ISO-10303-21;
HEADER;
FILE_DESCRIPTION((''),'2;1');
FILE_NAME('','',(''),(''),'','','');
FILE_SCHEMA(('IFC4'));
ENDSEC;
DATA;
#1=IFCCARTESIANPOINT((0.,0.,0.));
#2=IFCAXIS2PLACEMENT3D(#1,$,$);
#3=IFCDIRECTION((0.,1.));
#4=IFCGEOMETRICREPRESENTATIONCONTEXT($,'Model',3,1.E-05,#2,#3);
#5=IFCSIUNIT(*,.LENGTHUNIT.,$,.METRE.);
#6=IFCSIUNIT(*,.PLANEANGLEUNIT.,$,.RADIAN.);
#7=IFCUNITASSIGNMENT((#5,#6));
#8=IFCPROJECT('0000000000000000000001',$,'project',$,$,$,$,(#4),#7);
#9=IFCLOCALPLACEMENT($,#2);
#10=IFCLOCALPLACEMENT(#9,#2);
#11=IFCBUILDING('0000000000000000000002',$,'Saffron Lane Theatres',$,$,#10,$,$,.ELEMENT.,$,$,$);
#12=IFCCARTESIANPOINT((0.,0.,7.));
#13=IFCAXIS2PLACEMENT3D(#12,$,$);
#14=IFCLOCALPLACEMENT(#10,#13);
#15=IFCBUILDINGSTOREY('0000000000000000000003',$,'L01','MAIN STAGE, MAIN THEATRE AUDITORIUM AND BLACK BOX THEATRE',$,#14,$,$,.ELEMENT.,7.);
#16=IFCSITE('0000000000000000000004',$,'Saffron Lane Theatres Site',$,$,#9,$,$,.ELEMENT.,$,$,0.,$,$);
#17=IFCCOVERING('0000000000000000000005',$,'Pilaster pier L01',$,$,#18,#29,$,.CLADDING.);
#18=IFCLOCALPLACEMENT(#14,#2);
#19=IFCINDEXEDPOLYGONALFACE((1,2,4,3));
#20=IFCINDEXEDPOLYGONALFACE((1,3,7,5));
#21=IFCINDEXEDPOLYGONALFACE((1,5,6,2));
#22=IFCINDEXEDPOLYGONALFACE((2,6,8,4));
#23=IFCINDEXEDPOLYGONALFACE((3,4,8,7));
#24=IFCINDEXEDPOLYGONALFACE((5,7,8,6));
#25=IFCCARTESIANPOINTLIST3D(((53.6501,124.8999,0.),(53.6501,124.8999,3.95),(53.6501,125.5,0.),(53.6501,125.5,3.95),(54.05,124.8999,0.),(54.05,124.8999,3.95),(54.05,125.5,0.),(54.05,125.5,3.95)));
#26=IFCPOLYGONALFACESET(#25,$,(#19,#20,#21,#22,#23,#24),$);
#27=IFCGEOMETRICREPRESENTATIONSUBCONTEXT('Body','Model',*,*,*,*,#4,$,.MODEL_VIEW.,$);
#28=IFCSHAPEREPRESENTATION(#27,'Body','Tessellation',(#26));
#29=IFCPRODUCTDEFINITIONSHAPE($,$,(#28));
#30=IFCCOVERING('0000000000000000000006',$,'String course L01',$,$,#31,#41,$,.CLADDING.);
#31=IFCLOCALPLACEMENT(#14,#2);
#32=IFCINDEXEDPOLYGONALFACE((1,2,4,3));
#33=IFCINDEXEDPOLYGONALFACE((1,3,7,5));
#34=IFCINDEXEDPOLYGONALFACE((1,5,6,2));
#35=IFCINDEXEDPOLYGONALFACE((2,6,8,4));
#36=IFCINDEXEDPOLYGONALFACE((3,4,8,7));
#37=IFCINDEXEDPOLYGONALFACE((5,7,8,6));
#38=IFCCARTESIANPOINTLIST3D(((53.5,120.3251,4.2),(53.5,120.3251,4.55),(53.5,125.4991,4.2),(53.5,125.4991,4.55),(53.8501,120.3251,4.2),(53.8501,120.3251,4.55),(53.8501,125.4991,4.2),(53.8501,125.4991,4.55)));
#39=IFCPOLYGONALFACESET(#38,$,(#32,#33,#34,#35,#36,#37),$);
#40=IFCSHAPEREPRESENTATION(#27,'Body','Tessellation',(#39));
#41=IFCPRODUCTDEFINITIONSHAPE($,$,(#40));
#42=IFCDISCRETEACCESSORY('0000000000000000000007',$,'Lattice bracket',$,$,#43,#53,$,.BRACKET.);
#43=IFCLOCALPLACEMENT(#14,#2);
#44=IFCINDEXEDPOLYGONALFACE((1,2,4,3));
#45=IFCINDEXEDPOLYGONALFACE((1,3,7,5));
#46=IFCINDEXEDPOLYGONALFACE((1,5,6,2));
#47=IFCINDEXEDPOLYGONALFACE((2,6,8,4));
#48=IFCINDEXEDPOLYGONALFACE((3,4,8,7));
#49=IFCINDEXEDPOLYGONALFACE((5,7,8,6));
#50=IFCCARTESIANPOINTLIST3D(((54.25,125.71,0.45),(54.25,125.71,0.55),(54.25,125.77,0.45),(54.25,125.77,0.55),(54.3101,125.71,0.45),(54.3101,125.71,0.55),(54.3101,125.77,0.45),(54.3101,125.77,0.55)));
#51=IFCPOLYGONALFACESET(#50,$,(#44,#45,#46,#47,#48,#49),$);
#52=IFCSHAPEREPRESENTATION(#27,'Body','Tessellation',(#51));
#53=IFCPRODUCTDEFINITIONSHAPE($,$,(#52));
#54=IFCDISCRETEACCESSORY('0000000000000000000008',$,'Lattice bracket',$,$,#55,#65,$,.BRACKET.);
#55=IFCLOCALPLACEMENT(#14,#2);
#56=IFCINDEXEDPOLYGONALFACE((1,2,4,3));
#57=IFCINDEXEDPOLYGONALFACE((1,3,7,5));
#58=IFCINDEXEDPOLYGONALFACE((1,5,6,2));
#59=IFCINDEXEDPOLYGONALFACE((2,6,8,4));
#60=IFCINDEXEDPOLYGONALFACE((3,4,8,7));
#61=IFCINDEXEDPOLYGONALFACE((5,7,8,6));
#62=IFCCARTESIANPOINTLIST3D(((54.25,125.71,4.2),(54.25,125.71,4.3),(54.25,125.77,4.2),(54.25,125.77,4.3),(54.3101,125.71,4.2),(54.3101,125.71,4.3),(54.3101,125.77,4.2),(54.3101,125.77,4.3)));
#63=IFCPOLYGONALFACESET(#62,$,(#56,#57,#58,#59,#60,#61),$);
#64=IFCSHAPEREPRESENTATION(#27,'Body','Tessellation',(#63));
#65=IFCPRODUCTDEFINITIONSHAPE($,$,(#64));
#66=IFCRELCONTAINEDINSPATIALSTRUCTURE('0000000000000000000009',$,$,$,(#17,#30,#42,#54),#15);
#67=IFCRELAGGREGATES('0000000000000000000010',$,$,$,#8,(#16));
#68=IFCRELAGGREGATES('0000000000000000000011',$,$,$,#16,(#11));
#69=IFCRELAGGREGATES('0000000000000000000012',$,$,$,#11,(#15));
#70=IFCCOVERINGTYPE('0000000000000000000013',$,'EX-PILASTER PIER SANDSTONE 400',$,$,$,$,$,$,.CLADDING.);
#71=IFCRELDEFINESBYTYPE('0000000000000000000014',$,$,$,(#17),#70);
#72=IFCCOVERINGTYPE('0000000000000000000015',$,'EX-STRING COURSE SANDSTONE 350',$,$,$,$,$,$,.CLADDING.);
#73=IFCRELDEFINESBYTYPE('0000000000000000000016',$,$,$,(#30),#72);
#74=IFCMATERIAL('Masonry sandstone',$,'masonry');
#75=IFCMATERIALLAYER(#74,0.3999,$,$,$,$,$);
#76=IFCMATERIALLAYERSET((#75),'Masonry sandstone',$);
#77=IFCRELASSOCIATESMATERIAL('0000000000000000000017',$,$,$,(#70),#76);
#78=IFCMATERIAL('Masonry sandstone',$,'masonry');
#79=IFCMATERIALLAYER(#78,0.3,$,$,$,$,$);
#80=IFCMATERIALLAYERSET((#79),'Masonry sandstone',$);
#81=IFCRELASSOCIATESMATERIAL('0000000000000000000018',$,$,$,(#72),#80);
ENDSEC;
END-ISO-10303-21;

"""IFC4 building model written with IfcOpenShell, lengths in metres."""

from ifc_helpers import new_model, si_unit, direction, frame, origin, origin_2d, place, context, subcontext, project, spatial, rectangle, extrude, material, layer, layer_set, type_object, element, save


model = new_model("IFC4")

# Units and contexts
model_context = context("Model", 3, precision=1e-05, world=origin(), true_north=direction((0.0, 1.0)))
body_context = subcontext(model_context, "Body", "Model", "MODEL_VIEW")
ifc_project = project(units=[si_unit("LENGTHUNIT", "METRE"), si_unit("PLANEANGLEUNIT", "RADIAN")], contexts=[model_context])

# Site, building, storey
site_placement = place(None, origin())
site = spatial("IfcSite", under=ifc_project, at=site_placement, Name="Saffron Lane Theatres Site", CompositionType="ELEMENT", RefElevation=0.0)
building_placement = place(site_placement, origin())
building = spatial("IfcBuilding", under=site, at=building_placement, Name="Saffron Lane Theatres", CompositionType="ELEMENT")
storey_placement = place(building_placement, frame((0.0, 0.0, 7.0)))
storey = spatial("IfcBuildingStorey", under=building, at=storey_placement, Name="L01", Description="MAIN STAGE, MAIN THEATRE AUDITORIUM AND BLACK BOX THEATRE", CompositionType="ELEMENT", Elevation=7.0)

# Coverings
ifc_material_1 = material(Name="Masonry sandstone", Category="masonry")
ifc_layer_1 = layer(ifc_material_1, 0.3999)
ifc_layer_set_1 = layer_set([ifc_layer_1], Name="Masonry sandstone")
covering_type_1 = type_object("IfcCoveringType", Name="EX-PILASTER PIER SANDSTONE 400", PredefinedType="CLADDING", material=ifc_layer_set_1)
covering_1_placement = place(storey_placement, frame((53.8501, 125.2, 0.0), z_axis=(0.0, 0.0, 1.0), x_axis=(0.0, 1.0, 0.0)))
element("IfcCovering", 1, at=covering_1_placement, inside=storey, type_object=covering_type_1, Name="Pilaster pier L01", PredefinedType="CLADDING", context=body_context, shape_type="SweptSolid", body=[
    extrude(rectangle(XDim=0.6001, YDim=0.3999, at=origin_2d()), origin(), (0.0, 0.0, 1.0), 3.95),
])
ifc_material_2 = material(Name="Masonry sandstone", Category="masonry")
ifc_layer_2 = layer(ifc_material_2, 0.3)
ifc_layer_set_2 = layer_set([ifc_layer_2], Name="Masonry sandstone")
covering_type_2 = type_object("IfcCoveringType", Name="EX-STRING COURSE SANDSTONE 350", PredefinedType="CLADDING", material=ifc_layer_set_2)
covering_2_placement = place(storey_placement, frame((53.675, 122.9121, 4.2), z_axis=(0.0, 0.0, 1.0), x_axis=(0.0, 1.0, 0.0)))
element("IfcCovering", 2, at=covering_2_placement, inside=storey, type_object=covering_type_2, Name="String course L01", PredefinedType="CLADDING", context=body_context, shape_type="SweptSolid", body=[
    extrude(rectangle(XDim=5.1741, YDim=0.3501, at=origin_2d()), origin(), (0.0, 0.0, 1.0), 0.3501),
])

# Discrete accessories
for number, where, z_axis, x_axis, name in (
    (3, (54.28, 125.74, 0.45), (0.0, 0.0, 1.0), (1.0, 0.0, 0.0), "Lattice bracket"),
    (4, (54.28, 125.74, 4.2), (0.0, 0.0, 1.0), (1.0, 0.0, 0.0), "Lattice bracket"),
):
    element("IfcDiscreteAccessory", number, at=place(storey_placement, frame(where, z_axis=z_axis, x_axis=x_axis)), inside=storey, Name=name, PredefinedType="BRACKET", context=body_context, shape_type="SweptSolid", body=[
        extrude(rectangle(XDim=0.0601, YDim=0.0601, at=origin_2d()), origin(), (0.0, 0.0, 1.0), 0.1001),
    ])

save(model, "model.ifc")
